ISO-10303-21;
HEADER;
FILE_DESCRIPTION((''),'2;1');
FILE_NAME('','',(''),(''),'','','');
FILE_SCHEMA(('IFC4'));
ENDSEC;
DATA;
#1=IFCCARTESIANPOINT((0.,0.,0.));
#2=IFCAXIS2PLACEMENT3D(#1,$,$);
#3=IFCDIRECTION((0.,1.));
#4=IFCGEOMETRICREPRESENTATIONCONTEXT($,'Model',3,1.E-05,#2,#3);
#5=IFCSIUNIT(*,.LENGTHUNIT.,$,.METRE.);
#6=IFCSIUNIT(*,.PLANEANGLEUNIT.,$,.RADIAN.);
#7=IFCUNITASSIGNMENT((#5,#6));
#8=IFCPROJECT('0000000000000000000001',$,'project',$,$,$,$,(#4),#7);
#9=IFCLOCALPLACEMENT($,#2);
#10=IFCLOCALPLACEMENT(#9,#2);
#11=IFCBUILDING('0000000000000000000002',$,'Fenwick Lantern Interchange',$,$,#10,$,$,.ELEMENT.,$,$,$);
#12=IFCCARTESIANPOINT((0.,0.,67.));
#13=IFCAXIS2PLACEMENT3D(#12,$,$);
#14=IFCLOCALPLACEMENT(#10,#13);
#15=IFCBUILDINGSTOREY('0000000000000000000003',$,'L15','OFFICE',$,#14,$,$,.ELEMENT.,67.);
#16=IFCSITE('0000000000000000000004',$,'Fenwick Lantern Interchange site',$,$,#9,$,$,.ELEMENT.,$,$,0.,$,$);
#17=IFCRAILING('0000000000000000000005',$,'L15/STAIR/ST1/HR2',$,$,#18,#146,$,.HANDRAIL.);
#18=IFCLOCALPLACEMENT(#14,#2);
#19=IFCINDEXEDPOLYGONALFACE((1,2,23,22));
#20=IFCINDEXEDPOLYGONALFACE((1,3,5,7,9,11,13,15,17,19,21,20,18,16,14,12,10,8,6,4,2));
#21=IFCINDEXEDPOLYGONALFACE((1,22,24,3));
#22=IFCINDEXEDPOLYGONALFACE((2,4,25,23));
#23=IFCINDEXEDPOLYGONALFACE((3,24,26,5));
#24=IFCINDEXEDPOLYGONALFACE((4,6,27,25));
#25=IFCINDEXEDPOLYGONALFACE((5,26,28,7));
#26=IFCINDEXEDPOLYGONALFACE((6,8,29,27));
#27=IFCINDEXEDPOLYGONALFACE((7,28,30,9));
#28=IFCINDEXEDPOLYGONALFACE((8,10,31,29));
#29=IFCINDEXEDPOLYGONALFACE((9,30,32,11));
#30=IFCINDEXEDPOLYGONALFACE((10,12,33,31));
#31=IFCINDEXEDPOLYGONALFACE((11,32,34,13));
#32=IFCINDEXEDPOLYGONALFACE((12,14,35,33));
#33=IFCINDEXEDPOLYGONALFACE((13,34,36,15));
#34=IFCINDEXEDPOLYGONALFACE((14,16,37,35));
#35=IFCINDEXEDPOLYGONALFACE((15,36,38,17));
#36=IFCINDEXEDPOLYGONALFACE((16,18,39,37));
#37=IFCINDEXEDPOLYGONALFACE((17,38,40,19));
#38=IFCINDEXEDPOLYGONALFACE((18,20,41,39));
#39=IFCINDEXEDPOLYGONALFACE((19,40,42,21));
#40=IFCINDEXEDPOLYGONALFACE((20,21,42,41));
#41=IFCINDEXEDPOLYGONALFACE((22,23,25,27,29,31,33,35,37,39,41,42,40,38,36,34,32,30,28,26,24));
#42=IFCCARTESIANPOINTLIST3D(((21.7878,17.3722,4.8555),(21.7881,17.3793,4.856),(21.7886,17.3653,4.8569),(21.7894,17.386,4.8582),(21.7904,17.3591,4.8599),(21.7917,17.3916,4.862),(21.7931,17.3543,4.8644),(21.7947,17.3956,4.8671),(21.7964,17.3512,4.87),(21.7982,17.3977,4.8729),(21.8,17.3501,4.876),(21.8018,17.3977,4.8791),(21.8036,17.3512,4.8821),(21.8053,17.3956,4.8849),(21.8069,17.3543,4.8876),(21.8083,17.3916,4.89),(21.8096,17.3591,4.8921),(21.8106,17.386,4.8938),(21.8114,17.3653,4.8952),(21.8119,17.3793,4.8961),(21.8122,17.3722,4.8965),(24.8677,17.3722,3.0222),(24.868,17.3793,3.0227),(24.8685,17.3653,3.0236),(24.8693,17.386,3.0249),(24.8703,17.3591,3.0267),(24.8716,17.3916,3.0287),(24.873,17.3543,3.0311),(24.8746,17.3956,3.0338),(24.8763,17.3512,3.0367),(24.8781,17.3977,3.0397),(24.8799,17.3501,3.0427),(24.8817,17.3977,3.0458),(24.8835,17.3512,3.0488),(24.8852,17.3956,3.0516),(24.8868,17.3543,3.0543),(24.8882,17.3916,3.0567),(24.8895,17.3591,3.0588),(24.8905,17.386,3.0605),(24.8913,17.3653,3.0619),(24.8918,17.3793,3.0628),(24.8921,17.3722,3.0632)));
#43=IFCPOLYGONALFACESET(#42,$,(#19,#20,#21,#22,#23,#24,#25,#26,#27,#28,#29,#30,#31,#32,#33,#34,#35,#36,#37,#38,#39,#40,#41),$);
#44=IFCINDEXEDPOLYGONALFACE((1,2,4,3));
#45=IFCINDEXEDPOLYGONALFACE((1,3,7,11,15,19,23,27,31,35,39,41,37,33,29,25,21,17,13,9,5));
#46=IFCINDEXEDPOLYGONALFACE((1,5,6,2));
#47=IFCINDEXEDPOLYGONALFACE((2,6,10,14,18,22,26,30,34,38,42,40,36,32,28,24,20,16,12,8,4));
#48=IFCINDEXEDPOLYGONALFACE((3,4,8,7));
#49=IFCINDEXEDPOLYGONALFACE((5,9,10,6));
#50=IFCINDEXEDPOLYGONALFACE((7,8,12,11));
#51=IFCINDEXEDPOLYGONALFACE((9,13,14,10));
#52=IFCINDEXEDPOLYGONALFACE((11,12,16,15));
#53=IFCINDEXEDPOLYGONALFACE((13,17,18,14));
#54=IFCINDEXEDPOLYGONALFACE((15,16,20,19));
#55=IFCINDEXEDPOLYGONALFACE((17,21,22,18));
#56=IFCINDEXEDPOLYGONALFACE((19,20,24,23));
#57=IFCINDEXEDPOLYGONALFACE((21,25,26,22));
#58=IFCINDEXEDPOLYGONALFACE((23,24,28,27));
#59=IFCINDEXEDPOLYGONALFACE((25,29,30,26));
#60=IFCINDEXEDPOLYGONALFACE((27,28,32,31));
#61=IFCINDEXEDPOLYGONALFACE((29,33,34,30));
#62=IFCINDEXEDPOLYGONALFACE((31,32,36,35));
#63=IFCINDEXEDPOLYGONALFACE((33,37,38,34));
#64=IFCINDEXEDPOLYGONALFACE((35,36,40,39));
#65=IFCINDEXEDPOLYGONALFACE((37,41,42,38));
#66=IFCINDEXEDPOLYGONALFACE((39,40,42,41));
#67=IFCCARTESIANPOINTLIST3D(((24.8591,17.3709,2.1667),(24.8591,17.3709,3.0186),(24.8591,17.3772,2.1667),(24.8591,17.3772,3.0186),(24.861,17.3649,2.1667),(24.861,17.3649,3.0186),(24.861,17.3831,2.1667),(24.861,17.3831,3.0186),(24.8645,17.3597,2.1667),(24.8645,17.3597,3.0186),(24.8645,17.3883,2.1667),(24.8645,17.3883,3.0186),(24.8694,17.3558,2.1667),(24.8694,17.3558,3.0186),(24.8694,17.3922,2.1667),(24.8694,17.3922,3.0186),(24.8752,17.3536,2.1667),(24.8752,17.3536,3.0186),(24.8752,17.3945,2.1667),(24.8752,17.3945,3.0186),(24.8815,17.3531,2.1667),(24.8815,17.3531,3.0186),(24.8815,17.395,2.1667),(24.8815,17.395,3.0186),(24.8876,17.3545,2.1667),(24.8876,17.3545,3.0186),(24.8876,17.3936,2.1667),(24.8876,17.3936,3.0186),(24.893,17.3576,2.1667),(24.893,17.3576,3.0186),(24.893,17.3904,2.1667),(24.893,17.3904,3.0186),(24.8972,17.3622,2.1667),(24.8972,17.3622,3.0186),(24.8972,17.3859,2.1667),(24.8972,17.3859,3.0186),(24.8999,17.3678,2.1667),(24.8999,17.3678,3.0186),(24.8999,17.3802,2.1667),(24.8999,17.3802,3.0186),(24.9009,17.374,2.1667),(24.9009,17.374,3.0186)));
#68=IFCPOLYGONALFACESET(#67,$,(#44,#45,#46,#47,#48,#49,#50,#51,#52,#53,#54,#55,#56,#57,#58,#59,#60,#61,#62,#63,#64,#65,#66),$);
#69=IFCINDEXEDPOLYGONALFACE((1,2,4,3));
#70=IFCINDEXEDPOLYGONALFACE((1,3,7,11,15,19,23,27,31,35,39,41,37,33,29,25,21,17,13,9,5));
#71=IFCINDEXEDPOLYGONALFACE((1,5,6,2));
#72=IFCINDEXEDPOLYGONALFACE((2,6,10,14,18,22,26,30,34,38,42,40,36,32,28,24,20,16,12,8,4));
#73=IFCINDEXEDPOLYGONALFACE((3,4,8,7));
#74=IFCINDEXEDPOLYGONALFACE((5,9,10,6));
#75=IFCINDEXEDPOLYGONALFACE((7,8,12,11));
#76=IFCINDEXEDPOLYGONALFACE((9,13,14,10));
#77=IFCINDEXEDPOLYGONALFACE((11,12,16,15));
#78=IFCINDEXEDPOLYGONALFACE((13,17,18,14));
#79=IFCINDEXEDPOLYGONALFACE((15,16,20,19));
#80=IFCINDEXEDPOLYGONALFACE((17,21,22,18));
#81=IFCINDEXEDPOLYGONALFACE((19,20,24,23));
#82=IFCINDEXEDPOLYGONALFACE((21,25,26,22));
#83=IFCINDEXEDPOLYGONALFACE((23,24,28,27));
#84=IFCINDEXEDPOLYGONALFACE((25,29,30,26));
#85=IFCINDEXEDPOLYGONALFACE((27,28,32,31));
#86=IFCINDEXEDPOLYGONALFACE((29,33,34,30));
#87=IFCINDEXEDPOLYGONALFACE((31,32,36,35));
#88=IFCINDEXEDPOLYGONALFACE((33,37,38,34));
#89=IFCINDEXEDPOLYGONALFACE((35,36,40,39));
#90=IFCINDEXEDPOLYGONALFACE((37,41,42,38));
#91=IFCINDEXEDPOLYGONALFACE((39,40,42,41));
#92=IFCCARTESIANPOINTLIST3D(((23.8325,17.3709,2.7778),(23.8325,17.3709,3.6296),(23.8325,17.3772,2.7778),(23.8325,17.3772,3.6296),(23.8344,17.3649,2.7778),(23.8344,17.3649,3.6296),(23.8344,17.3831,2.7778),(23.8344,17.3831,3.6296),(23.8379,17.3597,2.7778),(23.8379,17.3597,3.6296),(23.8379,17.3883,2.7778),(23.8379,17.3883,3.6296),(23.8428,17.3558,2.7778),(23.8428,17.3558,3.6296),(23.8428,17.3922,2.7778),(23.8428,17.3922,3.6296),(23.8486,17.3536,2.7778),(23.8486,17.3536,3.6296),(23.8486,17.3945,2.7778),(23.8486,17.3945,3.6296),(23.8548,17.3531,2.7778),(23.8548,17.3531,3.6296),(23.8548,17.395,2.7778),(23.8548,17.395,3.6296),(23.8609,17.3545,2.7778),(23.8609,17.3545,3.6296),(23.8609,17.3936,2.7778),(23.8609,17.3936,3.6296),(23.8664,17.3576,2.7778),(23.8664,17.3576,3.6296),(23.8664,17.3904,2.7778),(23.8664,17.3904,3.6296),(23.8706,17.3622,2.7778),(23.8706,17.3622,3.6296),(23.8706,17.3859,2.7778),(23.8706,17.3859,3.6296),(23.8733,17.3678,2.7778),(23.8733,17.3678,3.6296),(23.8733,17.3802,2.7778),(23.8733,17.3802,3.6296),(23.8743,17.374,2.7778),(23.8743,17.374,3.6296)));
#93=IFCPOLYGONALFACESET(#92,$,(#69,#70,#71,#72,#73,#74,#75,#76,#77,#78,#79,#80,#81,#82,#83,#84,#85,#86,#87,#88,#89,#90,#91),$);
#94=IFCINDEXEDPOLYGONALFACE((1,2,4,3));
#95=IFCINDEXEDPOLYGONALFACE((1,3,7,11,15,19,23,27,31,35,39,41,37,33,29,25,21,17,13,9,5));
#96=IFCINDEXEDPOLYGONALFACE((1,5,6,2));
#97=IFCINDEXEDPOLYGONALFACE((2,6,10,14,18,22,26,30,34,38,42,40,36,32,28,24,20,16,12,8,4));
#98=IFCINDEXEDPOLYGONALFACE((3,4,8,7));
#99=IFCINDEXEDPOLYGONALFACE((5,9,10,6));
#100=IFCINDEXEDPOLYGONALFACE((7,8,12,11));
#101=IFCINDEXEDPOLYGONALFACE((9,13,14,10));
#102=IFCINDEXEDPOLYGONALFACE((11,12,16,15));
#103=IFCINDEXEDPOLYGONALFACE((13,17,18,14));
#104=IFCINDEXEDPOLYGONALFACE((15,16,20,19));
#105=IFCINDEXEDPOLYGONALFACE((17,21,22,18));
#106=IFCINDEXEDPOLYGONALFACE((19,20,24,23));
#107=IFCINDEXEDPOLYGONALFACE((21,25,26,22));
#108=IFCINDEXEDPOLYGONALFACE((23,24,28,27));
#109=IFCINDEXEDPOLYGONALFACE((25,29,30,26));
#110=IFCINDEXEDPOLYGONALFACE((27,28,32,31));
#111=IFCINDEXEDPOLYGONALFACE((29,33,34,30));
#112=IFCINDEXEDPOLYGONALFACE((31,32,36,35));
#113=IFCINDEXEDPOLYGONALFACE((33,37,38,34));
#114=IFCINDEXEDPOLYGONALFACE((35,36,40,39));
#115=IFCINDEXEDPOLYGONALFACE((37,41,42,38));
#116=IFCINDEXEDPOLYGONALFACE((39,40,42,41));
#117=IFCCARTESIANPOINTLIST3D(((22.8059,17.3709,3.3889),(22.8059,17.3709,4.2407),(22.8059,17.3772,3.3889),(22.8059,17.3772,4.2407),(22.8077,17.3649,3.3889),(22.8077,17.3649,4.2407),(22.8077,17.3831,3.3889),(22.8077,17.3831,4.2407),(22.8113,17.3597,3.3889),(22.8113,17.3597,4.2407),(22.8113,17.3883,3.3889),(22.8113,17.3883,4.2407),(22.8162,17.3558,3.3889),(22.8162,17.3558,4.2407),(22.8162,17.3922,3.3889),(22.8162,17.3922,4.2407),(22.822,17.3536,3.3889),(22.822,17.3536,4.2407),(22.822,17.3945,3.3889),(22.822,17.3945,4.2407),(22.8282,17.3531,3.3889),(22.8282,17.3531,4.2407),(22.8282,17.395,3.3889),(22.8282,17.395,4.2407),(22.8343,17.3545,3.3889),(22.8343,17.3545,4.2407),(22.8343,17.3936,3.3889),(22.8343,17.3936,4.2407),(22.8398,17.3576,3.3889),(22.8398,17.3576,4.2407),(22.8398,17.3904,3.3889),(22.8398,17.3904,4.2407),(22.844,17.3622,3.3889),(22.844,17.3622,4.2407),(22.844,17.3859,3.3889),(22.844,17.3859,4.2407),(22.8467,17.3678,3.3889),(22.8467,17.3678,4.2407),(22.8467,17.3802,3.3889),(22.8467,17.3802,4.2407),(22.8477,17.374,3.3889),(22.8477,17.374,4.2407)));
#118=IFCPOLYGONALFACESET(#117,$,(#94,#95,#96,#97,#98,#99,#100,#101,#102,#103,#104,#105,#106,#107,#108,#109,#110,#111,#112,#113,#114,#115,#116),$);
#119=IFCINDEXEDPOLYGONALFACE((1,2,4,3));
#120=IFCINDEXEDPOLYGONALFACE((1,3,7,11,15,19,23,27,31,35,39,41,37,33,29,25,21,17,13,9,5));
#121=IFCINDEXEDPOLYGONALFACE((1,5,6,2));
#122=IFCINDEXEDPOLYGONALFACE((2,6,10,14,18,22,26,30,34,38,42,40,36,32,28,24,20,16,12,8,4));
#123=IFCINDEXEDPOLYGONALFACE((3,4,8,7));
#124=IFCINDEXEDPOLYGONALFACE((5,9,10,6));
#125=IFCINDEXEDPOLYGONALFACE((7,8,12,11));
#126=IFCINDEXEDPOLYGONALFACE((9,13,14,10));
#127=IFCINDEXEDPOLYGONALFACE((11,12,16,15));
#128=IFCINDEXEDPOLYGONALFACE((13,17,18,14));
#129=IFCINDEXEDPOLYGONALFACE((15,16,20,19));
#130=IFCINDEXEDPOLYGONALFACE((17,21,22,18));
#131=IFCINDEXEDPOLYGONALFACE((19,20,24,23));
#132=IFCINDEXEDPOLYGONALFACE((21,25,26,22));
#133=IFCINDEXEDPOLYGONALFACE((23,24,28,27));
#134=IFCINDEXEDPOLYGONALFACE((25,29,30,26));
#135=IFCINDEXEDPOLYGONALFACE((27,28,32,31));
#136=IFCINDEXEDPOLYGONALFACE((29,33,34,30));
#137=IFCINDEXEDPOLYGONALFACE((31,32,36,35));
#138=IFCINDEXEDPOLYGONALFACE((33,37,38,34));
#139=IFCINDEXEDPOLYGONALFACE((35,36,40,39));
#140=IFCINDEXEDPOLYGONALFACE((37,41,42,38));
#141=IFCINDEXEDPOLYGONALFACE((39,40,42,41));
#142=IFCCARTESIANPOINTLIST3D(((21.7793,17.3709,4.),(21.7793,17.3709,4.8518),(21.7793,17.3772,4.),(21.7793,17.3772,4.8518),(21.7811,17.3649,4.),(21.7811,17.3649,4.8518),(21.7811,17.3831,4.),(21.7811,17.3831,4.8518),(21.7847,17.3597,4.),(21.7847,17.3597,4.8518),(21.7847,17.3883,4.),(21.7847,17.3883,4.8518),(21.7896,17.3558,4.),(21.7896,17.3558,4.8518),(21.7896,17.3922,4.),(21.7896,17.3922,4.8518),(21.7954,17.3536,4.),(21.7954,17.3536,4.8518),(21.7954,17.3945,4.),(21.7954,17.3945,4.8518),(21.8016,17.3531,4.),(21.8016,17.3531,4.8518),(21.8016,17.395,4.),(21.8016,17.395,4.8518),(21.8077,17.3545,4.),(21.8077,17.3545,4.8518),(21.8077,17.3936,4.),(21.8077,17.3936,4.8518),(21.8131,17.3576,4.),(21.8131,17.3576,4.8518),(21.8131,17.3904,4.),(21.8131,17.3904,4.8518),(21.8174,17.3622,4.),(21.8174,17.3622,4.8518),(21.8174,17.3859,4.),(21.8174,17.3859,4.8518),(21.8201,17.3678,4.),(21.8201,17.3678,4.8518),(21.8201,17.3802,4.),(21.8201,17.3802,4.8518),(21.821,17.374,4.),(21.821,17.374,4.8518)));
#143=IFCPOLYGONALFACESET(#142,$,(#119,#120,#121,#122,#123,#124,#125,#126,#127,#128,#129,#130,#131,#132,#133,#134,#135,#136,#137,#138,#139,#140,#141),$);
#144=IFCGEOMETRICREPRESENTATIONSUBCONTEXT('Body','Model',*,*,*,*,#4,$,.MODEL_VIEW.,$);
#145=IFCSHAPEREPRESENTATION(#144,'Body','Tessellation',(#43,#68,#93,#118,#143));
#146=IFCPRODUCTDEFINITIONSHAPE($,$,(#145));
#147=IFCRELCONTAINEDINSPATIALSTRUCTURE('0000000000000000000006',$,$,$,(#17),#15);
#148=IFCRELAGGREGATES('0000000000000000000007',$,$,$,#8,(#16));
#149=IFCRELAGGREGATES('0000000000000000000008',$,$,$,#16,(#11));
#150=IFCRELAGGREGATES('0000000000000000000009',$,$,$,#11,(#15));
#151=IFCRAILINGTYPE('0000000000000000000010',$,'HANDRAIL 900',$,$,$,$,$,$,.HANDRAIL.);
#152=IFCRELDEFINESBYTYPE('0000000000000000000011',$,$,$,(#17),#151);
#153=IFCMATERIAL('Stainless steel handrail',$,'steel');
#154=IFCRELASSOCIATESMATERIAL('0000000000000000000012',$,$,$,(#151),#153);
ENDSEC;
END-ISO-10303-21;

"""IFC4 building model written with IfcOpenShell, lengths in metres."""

from ifc_helpers import new_model, si_unit, direction, frame, origin, origin_2d, place, context, subcontext, project, spatial, circle, extrude, material, type_object, element, save


model = new_model("IFC4")

# Units and contexts
model_context = context("Model", 3, precision=1e-05, world=origin(), true_north=direction((0.0, 1.0)))
body_context = subcontext(model_context, "Body", "Model", "MODEL_VIEW")
ifc_project = project(units=[si_unit("LENGTHUNIT", "METRE"), si_unit("PLANEANGLEUNIT", "RADIAN")], contexts=[model_context])

# Site, building, storey
site_placement = place(None, origin())
site = spatial("IfcSite", under=ifc_project, at=site_placement, Name="Fenwick Lantern Interchange site", CompositionType="ELEMENT", RefElevation=0.0)
building_placement = place(site_placement, origin())
building = spatial("IfcBuilding", under=site, at=building_placement, Name="Fenwick Lantern Interchange", CompositionType="ELEMENT")
storey_placement = place(building_placement, frame((0.0, 0.0, 67.0)))
storey = spatial("IfcBuildingStorey", under=building, at=storey_placement, Name="L15", Description="OFFICE", CompositionType="ELEMENT", Elevation=67.0)

# Railing
ifc_material_1 = material(Name="Stainless steel handrail", Category="steel")
railing_type = type_object("IfcRailingType", Name="HANDRAIL 900", PredefinedType="HANDRAIL", material=ifc_material_1)
railing_1_placement = place(storey_placement, frame((24.8799, 17.374, 2.1667)))
element("IfcRailing", 1, at=railing_1_placement, inside=storey, type_object=railing_type, Name="L15/STAIR/ST1/HR2", PredefinedType="HANDRAIL", context=body_context, shape_type="SweptSolid", body=[
    extrude(circle(Radius=0.0239, at=origin_2d()), frame((0.0, 0.0, 0.876), z_axis=(-0.859291, 0.0, 0.511487), x_axis=(0.0, -1.0, 0.0)), (0.0, 0.0, 1.0), 3.5842),
    extrude(circle(Radius=0.021, at=origin_2d()), origin(), (0.0, 0.0, 1.0), 0.8518),
    extrude(circle(Radius=0.021, at=origin_2d()), frame((-1.0266, 0.0, 0.6111)), (0.0, 0.0, 1.0), 0.8518),
    extrude(circle(Radius=0.021, at=origin_2d()), frame((-2.0532, 0.0, 1.2222)), (0.0, 0.0, 1.0), 0.8518),
    extrude(circle(Radius=0.021, at=origin_2d()), frame((-3.0798, 0.0, 1.8333)), (0.0, 0.0, 1.0), 0.8518),
])

save(model, "model.ifc")
